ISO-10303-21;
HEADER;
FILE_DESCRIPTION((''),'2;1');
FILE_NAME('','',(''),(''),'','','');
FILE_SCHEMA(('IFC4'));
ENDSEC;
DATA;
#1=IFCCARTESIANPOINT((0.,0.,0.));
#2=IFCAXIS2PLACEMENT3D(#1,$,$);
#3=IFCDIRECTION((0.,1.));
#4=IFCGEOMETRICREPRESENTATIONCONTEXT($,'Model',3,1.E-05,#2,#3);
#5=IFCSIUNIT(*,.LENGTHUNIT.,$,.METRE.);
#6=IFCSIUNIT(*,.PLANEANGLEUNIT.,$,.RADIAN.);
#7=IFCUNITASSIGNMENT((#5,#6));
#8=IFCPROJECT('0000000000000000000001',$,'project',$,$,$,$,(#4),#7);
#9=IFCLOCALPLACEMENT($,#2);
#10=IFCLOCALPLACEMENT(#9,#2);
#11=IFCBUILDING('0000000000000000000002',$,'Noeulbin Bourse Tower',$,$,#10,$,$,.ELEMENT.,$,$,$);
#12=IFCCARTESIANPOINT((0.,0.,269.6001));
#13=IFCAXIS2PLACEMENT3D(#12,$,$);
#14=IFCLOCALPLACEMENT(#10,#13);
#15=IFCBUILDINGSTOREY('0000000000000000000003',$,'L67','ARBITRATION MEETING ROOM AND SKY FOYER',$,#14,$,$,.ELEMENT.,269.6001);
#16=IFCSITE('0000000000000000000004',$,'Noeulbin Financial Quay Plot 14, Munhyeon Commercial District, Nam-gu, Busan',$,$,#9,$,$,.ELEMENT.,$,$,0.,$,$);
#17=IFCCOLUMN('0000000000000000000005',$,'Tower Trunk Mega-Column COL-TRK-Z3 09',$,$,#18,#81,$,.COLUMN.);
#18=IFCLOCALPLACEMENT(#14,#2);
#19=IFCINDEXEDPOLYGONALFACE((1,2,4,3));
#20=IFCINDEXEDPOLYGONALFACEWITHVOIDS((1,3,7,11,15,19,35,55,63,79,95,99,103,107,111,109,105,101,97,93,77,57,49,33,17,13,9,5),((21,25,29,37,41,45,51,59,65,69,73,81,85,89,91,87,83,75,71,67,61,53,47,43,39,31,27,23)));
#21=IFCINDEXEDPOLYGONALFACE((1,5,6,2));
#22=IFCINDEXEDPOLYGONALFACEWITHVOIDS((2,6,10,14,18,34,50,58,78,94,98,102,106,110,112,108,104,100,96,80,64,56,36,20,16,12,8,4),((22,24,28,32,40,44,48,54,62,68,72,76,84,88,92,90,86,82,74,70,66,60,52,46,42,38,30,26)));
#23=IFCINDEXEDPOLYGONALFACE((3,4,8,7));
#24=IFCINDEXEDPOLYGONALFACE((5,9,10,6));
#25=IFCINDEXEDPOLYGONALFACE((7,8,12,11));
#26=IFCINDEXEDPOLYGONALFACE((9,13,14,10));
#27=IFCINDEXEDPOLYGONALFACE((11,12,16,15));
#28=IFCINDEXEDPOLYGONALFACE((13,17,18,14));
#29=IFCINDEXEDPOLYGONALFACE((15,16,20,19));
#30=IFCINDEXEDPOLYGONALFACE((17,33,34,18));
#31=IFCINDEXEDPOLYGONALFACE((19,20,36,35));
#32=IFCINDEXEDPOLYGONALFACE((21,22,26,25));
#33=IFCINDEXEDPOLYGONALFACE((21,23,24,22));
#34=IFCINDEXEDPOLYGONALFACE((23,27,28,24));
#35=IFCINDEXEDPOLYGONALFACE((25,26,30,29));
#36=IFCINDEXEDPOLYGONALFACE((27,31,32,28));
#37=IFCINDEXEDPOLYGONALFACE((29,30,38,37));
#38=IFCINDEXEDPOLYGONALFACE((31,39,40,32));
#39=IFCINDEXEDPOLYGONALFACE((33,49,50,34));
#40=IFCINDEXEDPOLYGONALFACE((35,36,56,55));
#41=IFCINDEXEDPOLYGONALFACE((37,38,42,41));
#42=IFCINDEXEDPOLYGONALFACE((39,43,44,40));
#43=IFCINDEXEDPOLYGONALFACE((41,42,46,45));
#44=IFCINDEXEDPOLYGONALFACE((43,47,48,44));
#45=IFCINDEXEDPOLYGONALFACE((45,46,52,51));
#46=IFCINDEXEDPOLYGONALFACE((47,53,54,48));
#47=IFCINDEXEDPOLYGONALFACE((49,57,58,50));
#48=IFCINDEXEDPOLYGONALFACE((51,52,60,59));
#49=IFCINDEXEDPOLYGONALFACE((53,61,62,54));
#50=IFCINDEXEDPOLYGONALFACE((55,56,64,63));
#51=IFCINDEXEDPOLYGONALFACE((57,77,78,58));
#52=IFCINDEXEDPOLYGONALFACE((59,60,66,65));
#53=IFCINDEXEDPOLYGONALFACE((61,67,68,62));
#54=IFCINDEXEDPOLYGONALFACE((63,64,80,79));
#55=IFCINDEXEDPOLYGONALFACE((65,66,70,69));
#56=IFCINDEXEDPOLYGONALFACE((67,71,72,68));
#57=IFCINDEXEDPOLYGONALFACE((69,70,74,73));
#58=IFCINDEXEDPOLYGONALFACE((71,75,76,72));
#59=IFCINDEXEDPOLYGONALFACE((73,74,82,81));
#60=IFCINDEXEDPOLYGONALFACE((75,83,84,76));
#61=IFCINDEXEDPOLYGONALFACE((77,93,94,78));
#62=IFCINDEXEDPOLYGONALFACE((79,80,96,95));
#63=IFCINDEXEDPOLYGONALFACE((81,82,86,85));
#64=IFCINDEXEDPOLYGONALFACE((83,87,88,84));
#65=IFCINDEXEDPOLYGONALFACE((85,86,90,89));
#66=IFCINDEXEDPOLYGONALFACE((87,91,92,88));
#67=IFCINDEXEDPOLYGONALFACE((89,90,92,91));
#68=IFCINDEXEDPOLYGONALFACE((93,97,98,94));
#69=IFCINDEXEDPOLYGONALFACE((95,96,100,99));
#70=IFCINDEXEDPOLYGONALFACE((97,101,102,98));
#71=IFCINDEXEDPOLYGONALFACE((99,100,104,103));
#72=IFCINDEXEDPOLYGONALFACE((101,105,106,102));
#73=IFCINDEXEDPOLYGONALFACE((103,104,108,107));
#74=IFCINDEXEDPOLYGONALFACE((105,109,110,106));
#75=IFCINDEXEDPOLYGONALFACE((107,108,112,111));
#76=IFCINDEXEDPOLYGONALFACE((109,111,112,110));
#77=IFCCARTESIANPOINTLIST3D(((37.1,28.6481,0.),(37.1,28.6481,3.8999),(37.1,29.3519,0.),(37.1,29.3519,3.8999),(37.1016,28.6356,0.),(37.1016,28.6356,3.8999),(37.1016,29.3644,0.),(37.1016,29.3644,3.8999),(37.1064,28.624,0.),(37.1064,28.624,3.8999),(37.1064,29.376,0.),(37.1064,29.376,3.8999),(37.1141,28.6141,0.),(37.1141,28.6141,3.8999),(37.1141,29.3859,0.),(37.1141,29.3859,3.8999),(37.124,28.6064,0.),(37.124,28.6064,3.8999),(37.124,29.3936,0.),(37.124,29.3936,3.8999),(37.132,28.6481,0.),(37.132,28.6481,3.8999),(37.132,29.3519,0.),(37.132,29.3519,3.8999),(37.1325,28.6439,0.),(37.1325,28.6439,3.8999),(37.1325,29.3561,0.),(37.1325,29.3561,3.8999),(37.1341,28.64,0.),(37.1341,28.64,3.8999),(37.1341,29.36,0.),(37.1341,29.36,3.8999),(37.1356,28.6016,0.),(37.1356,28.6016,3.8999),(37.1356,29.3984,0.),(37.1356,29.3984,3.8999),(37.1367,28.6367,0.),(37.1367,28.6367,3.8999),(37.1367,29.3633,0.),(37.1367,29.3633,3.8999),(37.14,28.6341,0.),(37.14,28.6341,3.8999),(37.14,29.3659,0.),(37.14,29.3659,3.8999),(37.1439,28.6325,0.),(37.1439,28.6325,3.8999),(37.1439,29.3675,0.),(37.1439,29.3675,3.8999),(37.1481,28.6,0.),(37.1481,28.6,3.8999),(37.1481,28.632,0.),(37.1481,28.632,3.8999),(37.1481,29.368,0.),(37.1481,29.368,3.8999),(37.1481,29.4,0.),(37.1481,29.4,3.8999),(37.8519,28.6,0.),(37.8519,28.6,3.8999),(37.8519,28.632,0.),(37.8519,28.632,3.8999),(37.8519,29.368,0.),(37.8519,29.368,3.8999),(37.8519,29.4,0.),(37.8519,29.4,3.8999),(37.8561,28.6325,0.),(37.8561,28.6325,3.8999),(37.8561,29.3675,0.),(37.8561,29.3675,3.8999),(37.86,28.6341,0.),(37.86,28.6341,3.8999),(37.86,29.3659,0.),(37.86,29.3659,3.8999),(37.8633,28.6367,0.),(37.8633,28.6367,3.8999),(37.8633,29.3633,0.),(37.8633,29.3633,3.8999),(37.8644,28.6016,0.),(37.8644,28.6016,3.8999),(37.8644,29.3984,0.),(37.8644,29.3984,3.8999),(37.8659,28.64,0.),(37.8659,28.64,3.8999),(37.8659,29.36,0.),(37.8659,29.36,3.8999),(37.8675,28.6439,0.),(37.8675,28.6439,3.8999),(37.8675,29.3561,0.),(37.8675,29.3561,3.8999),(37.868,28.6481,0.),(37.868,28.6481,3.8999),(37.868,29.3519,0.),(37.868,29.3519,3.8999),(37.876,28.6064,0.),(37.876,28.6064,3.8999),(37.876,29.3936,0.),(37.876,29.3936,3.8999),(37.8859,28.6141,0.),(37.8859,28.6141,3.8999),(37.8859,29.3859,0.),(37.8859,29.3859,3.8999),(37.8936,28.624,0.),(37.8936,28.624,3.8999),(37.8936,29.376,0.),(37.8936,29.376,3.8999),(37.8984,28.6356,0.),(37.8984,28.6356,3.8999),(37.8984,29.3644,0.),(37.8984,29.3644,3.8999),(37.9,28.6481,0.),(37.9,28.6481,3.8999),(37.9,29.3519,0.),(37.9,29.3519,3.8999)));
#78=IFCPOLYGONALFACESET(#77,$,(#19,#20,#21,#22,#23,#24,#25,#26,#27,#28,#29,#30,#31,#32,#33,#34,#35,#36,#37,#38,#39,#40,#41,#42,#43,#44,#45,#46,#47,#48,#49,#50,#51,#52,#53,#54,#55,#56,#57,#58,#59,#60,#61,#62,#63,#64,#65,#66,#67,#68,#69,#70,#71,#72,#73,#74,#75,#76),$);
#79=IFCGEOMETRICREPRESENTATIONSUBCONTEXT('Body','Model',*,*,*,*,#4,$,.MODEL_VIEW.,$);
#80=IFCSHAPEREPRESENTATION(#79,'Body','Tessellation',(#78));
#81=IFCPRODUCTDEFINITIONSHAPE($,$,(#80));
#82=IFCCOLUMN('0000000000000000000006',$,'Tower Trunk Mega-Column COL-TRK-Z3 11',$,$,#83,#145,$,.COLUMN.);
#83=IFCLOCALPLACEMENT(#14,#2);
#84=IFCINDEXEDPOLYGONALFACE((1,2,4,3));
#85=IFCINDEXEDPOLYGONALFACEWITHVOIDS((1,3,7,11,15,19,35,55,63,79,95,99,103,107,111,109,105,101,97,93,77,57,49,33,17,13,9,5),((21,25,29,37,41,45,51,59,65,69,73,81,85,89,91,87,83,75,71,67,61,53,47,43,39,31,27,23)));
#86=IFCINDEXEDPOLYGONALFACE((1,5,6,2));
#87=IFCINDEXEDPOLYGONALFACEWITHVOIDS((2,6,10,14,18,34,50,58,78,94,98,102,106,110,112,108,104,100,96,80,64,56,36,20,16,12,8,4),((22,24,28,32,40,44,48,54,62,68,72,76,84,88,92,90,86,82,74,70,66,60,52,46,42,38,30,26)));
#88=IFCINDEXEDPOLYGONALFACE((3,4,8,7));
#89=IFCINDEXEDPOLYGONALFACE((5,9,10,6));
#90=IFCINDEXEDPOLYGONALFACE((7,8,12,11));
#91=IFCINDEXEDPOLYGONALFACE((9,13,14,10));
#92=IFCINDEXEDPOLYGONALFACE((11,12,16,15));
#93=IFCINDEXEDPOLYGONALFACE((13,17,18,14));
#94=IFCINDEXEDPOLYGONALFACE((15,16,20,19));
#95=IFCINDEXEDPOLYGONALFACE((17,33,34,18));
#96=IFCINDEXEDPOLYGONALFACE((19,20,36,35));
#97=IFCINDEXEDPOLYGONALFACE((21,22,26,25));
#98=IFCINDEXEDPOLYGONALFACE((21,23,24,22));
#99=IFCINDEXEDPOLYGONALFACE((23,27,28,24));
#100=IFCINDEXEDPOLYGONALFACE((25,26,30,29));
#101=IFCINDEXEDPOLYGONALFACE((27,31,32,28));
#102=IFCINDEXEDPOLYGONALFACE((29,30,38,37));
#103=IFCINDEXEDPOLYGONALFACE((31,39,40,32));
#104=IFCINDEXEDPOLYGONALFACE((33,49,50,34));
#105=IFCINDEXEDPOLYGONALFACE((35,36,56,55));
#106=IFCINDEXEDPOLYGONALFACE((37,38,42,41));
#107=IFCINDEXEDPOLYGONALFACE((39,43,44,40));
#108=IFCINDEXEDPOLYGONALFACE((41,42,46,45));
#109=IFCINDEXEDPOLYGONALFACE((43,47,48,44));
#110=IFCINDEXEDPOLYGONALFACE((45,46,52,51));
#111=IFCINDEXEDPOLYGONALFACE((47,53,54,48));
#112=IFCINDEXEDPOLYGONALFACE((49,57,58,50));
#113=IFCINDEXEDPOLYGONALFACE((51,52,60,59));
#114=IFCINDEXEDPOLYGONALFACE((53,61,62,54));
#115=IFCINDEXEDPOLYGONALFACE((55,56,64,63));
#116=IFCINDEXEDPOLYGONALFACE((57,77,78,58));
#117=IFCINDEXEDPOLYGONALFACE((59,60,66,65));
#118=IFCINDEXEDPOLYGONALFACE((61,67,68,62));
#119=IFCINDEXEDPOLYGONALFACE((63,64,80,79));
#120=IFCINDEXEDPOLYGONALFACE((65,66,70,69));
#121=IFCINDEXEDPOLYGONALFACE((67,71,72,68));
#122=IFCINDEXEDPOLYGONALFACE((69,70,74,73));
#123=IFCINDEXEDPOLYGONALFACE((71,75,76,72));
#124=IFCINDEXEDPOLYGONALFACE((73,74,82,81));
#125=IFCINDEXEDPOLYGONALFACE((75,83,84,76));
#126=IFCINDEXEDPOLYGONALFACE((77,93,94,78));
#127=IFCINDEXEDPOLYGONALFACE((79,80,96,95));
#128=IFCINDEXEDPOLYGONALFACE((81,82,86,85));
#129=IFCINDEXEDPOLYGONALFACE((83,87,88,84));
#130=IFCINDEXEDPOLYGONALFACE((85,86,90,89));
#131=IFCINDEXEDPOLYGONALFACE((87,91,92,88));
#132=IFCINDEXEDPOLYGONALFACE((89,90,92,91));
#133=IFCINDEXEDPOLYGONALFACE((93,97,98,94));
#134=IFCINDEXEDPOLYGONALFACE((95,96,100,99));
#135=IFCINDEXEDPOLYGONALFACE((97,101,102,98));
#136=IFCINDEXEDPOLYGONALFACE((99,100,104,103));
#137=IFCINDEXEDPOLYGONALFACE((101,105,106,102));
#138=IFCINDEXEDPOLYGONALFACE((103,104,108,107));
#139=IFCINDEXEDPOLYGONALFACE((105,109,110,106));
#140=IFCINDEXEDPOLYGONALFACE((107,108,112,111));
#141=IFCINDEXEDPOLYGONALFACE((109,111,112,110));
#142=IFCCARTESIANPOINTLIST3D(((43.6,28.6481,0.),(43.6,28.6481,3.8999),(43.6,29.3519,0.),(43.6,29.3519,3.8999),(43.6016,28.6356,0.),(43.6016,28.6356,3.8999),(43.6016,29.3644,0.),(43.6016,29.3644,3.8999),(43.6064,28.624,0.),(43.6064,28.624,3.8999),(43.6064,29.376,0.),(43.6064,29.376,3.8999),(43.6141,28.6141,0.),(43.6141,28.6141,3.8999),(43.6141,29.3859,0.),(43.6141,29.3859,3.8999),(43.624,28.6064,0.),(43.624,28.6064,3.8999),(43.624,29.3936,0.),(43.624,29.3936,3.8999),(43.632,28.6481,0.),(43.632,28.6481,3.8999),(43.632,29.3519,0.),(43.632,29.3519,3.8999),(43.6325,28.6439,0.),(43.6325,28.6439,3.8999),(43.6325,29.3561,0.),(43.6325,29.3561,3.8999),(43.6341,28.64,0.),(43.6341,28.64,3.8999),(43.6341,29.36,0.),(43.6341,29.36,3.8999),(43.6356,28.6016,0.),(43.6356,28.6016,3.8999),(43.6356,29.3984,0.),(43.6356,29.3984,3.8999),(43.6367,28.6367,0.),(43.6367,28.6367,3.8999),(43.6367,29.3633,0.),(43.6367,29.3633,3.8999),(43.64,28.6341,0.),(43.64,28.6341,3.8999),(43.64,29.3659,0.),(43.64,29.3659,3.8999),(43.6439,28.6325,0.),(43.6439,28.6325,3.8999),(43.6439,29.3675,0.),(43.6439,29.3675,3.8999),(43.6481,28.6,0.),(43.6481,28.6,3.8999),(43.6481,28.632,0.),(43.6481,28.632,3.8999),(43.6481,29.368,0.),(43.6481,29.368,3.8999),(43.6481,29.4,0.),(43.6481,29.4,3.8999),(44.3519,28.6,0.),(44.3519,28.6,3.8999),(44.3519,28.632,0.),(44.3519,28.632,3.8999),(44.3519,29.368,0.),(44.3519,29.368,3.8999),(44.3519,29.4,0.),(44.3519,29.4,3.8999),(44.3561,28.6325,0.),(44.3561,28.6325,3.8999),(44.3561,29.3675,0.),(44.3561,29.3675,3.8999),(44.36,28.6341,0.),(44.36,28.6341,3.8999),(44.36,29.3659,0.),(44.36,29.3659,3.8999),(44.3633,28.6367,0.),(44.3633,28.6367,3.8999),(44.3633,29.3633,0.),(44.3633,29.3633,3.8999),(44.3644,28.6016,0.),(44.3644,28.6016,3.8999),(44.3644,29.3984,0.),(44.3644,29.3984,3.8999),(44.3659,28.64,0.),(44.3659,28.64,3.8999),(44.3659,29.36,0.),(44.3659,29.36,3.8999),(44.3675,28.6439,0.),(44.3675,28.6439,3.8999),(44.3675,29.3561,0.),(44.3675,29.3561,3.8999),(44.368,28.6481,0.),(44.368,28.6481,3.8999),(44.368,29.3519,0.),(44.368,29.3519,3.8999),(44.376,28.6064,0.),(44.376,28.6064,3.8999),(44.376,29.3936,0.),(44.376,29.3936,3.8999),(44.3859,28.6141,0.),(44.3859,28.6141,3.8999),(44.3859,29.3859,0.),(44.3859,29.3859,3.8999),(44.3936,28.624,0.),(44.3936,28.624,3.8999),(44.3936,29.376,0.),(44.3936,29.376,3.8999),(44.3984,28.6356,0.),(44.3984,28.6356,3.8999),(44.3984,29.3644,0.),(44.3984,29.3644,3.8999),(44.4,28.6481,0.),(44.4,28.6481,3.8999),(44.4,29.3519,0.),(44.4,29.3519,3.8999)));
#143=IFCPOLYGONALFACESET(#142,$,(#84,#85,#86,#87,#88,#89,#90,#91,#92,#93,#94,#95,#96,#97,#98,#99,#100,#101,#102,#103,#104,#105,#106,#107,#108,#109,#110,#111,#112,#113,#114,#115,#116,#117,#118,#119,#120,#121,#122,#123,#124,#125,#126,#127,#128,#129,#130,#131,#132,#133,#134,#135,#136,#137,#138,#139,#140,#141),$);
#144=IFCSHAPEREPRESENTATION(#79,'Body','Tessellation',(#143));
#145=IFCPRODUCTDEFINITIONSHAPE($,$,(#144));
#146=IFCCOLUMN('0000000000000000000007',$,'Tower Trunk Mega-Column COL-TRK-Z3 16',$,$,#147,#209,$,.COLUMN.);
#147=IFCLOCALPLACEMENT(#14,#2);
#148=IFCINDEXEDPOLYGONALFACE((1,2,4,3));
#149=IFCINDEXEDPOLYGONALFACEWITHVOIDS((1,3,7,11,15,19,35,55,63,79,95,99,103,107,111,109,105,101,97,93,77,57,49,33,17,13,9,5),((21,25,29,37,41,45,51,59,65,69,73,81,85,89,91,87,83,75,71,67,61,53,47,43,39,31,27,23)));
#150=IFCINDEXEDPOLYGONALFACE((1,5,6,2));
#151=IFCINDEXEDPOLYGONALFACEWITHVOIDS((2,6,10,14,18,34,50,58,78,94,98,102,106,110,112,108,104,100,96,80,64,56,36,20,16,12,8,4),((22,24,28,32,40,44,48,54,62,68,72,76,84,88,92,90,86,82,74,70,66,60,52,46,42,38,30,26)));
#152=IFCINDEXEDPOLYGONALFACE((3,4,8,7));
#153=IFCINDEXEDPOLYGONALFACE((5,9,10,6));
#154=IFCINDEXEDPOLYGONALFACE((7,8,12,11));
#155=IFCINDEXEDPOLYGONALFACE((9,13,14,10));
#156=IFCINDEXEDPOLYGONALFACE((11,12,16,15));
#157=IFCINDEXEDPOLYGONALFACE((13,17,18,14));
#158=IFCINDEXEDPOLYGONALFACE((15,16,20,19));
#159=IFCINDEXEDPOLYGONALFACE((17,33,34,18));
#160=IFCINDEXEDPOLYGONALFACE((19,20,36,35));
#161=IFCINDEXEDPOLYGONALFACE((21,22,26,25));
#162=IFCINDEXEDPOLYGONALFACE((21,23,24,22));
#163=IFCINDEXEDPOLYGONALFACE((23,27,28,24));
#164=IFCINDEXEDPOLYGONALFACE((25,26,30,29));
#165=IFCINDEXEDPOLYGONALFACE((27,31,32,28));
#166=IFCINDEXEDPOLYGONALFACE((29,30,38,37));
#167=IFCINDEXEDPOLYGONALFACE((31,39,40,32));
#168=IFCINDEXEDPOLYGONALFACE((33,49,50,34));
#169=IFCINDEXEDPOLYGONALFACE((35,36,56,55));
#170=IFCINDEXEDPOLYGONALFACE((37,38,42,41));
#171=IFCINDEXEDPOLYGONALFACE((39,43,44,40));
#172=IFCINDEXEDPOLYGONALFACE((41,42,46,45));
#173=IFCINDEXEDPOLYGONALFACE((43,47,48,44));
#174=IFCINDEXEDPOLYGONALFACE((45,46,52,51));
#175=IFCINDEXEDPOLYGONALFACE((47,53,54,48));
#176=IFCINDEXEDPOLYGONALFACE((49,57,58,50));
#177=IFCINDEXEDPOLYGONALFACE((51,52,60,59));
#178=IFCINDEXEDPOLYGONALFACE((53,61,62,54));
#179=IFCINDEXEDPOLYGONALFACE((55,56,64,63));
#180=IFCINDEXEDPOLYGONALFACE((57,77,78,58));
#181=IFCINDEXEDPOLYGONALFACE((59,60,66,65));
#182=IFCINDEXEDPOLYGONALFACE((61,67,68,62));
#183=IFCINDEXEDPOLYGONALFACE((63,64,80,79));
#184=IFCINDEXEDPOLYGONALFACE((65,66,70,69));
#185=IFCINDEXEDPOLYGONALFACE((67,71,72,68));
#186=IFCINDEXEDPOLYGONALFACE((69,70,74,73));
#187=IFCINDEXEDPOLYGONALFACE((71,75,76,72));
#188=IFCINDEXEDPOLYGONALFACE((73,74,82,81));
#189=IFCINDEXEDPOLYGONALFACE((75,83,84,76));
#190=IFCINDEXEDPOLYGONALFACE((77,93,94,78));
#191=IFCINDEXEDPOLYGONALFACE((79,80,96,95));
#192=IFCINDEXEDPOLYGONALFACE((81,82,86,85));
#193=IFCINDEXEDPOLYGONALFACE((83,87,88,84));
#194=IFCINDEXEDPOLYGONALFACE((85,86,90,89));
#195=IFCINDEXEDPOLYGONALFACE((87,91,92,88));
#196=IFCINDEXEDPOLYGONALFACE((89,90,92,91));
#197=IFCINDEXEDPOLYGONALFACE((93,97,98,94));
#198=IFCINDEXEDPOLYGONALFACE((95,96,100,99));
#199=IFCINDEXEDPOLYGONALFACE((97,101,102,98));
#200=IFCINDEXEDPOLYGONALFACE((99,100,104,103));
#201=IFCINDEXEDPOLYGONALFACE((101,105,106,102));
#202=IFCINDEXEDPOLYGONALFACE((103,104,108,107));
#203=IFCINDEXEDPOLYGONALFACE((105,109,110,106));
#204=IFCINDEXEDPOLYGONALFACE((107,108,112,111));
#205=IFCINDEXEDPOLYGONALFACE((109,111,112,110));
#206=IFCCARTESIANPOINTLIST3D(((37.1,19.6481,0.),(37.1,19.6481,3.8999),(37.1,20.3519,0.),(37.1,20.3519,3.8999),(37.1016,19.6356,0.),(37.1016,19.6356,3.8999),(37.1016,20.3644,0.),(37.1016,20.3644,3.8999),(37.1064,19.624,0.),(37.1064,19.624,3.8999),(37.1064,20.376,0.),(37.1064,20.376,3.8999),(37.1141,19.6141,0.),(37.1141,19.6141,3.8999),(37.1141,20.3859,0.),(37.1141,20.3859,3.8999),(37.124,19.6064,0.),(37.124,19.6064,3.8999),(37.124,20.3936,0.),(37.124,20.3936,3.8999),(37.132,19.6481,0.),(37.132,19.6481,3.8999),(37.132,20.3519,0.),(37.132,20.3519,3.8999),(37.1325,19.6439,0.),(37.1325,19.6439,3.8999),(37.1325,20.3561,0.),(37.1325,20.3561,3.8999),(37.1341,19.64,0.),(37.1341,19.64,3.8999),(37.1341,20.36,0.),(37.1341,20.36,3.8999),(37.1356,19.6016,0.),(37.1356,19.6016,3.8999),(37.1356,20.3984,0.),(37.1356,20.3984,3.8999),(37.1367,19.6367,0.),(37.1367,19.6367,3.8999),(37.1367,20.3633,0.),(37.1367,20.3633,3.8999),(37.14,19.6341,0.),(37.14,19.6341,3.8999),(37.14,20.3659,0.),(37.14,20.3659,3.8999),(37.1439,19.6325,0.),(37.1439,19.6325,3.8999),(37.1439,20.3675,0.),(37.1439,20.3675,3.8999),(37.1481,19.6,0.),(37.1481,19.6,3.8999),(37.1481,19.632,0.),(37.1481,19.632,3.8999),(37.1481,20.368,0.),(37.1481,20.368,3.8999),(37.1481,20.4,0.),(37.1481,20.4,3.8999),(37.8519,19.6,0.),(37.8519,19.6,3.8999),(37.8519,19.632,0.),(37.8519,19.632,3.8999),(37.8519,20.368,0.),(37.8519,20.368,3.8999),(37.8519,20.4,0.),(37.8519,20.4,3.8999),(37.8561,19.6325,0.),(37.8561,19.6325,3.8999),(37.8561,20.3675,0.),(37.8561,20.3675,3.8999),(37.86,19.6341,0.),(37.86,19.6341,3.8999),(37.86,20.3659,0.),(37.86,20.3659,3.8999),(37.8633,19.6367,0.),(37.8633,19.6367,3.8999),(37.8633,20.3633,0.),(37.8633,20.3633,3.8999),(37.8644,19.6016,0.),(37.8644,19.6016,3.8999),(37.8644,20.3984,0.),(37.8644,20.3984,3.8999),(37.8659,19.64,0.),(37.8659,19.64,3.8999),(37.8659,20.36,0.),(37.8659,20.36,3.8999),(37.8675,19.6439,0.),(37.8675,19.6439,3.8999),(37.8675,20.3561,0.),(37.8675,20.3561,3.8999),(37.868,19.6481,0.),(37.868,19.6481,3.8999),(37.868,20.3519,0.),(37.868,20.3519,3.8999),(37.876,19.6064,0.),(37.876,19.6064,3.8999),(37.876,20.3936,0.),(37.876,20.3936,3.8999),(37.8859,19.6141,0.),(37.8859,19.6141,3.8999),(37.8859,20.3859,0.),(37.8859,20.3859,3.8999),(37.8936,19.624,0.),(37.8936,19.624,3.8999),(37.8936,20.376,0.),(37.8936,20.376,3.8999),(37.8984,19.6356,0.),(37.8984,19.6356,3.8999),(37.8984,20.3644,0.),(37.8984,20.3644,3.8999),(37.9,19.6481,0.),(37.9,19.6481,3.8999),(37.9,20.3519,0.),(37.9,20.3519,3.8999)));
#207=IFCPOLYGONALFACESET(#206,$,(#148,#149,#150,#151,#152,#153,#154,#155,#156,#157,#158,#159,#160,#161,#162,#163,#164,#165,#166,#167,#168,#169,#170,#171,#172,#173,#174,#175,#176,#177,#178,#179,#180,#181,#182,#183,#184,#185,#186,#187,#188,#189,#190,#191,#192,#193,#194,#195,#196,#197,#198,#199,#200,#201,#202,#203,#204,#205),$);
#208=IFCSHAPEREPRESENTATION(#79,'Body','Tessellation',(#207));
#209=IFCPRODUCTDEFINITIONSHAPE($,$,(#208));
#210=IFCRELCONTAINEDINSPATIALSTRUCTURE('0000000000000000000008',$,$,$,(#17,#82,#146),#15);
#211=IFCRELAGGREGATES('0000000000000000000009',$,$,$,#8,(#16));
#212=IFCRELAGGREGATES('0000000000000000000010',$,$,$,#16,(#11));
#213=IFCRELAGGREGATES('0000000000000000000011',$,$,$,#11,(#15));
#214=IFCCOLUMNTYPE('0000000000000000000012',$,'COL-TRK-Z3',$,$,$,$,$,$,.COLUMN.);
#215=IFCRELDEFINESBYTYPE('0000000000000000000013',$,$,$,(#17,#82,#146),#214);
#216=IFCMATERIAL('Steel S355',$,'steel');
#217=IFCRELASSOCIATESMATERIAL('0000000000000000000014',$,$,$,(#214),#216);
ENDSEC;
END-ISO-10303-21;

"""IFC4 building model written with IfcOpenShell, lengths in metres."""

from ifc_helpers import new_model, si_unit, direction, frame, origin, origin_2d, place, context, subcontext, project, spatial, hollow_rectangle, extrude, material, material_profile, profile_set, type_object, element, save


model = new_model("IFC4")

# Units and contexts
model_context = context("Model", 3, precision=1e-05, world=origin(), true_north=direction((0.0, 1.0)))
body_context = subcontext(model_context, "Body", "Model", "MODEL_VIEW")
ifc_project = project(units=[si_unit("LENGTHUNIT", "METRE"), si_unit("PLANEANGLEUNIT", "RADIAN")], contexts=[model_context])

# Site, building, storey
site_placement = place(None, origin())
site = spatial("IfcSite", under=ifc_project, at=site_placement, Name="Noeulbin Financial Quay Plot 14, Munhyeon Commercial District, Nam-gu, Busan", CompositionType="ELEMENT", RefElevation=0.0)
building_placement = place(site_placement, origin())
building = spatial("IfcBuilding", under=site, at=building_placement, Name="Noeulbin Bourse Tower", CompositionType="ELEMENT")
storey_placement = place(building_placement, frame((0.0, 0.0, 269.6001)))
storey = spatial("IfcBuildingStorey", under=building, at=storey_placement, Name="L67", Description="ARBITRATION MEETING ROOM AND SKY FOYER", CompositionType="ELEMENT", Elevation=269.6001)

# Columns
ifc_material_1 = material(Name="Steel S355", Category="steel")
ifc_material_profile_1 = material_profile(ifc_material_1, hollow_rectangle(XDim=0.8, YDim=0.8, WallThickness=0.032, InnerFilletRadius=0.0161, OuterFilletRadius=0.0481, at=origin_2d()), Name="BOX-800x800x32", Category="LoadBearing")
ifc_profile_set_1 = profile_set([ifc_material_profile_1], Name="Steel S355")
column_type = type_object("IfcColumnType", Name="COL-TRK-Z3", PredefinedType="COLUMN", material=ifc_profile_set_1)
for number, where, z_axis, x_axis, name in (
    (1, (37.5, 29.0, 0.0), (0.0, 0.0, 1.0), (1.0, 0.0, 0.0), "Tower Trunk Mega-Column COL-TRK-Z3 09"),
    (2, (44.0, 29.0, 0.0), (0.0, 0.0, 1.0), (1.0, 0.0, 0.0), "Tower Trunk Mega-Column COL-TRK-Z3 11"),
    (3, (37.5, 20.0, 0.0), (0.0, 0.0, 1.0), (1.0, 0.0, 0.0), "Tower Trunk Mega-Column COL-TRK-Z3 16"),
):
    element("IfcColumn", number, at=place(storey_placement, frame(where, z_axis=z_axis, x_axis=x_axis)), inside=storey, type_object=column_type, Name=name, PredefinedType="COLUMN", context=body_context, shape_type="SweptSolid", body=[
        extrude(hollow_rectangle(XDim=0.8, YDim=0.8, WallThickness=0.032, InnerFilletRadius=0.0161, OuterFilletRadius=0.0481, at=origin_2d()), origin(), (0.0, 0.0, 1.0), 3.8999),
    ])

save(model, "model.ifc")
